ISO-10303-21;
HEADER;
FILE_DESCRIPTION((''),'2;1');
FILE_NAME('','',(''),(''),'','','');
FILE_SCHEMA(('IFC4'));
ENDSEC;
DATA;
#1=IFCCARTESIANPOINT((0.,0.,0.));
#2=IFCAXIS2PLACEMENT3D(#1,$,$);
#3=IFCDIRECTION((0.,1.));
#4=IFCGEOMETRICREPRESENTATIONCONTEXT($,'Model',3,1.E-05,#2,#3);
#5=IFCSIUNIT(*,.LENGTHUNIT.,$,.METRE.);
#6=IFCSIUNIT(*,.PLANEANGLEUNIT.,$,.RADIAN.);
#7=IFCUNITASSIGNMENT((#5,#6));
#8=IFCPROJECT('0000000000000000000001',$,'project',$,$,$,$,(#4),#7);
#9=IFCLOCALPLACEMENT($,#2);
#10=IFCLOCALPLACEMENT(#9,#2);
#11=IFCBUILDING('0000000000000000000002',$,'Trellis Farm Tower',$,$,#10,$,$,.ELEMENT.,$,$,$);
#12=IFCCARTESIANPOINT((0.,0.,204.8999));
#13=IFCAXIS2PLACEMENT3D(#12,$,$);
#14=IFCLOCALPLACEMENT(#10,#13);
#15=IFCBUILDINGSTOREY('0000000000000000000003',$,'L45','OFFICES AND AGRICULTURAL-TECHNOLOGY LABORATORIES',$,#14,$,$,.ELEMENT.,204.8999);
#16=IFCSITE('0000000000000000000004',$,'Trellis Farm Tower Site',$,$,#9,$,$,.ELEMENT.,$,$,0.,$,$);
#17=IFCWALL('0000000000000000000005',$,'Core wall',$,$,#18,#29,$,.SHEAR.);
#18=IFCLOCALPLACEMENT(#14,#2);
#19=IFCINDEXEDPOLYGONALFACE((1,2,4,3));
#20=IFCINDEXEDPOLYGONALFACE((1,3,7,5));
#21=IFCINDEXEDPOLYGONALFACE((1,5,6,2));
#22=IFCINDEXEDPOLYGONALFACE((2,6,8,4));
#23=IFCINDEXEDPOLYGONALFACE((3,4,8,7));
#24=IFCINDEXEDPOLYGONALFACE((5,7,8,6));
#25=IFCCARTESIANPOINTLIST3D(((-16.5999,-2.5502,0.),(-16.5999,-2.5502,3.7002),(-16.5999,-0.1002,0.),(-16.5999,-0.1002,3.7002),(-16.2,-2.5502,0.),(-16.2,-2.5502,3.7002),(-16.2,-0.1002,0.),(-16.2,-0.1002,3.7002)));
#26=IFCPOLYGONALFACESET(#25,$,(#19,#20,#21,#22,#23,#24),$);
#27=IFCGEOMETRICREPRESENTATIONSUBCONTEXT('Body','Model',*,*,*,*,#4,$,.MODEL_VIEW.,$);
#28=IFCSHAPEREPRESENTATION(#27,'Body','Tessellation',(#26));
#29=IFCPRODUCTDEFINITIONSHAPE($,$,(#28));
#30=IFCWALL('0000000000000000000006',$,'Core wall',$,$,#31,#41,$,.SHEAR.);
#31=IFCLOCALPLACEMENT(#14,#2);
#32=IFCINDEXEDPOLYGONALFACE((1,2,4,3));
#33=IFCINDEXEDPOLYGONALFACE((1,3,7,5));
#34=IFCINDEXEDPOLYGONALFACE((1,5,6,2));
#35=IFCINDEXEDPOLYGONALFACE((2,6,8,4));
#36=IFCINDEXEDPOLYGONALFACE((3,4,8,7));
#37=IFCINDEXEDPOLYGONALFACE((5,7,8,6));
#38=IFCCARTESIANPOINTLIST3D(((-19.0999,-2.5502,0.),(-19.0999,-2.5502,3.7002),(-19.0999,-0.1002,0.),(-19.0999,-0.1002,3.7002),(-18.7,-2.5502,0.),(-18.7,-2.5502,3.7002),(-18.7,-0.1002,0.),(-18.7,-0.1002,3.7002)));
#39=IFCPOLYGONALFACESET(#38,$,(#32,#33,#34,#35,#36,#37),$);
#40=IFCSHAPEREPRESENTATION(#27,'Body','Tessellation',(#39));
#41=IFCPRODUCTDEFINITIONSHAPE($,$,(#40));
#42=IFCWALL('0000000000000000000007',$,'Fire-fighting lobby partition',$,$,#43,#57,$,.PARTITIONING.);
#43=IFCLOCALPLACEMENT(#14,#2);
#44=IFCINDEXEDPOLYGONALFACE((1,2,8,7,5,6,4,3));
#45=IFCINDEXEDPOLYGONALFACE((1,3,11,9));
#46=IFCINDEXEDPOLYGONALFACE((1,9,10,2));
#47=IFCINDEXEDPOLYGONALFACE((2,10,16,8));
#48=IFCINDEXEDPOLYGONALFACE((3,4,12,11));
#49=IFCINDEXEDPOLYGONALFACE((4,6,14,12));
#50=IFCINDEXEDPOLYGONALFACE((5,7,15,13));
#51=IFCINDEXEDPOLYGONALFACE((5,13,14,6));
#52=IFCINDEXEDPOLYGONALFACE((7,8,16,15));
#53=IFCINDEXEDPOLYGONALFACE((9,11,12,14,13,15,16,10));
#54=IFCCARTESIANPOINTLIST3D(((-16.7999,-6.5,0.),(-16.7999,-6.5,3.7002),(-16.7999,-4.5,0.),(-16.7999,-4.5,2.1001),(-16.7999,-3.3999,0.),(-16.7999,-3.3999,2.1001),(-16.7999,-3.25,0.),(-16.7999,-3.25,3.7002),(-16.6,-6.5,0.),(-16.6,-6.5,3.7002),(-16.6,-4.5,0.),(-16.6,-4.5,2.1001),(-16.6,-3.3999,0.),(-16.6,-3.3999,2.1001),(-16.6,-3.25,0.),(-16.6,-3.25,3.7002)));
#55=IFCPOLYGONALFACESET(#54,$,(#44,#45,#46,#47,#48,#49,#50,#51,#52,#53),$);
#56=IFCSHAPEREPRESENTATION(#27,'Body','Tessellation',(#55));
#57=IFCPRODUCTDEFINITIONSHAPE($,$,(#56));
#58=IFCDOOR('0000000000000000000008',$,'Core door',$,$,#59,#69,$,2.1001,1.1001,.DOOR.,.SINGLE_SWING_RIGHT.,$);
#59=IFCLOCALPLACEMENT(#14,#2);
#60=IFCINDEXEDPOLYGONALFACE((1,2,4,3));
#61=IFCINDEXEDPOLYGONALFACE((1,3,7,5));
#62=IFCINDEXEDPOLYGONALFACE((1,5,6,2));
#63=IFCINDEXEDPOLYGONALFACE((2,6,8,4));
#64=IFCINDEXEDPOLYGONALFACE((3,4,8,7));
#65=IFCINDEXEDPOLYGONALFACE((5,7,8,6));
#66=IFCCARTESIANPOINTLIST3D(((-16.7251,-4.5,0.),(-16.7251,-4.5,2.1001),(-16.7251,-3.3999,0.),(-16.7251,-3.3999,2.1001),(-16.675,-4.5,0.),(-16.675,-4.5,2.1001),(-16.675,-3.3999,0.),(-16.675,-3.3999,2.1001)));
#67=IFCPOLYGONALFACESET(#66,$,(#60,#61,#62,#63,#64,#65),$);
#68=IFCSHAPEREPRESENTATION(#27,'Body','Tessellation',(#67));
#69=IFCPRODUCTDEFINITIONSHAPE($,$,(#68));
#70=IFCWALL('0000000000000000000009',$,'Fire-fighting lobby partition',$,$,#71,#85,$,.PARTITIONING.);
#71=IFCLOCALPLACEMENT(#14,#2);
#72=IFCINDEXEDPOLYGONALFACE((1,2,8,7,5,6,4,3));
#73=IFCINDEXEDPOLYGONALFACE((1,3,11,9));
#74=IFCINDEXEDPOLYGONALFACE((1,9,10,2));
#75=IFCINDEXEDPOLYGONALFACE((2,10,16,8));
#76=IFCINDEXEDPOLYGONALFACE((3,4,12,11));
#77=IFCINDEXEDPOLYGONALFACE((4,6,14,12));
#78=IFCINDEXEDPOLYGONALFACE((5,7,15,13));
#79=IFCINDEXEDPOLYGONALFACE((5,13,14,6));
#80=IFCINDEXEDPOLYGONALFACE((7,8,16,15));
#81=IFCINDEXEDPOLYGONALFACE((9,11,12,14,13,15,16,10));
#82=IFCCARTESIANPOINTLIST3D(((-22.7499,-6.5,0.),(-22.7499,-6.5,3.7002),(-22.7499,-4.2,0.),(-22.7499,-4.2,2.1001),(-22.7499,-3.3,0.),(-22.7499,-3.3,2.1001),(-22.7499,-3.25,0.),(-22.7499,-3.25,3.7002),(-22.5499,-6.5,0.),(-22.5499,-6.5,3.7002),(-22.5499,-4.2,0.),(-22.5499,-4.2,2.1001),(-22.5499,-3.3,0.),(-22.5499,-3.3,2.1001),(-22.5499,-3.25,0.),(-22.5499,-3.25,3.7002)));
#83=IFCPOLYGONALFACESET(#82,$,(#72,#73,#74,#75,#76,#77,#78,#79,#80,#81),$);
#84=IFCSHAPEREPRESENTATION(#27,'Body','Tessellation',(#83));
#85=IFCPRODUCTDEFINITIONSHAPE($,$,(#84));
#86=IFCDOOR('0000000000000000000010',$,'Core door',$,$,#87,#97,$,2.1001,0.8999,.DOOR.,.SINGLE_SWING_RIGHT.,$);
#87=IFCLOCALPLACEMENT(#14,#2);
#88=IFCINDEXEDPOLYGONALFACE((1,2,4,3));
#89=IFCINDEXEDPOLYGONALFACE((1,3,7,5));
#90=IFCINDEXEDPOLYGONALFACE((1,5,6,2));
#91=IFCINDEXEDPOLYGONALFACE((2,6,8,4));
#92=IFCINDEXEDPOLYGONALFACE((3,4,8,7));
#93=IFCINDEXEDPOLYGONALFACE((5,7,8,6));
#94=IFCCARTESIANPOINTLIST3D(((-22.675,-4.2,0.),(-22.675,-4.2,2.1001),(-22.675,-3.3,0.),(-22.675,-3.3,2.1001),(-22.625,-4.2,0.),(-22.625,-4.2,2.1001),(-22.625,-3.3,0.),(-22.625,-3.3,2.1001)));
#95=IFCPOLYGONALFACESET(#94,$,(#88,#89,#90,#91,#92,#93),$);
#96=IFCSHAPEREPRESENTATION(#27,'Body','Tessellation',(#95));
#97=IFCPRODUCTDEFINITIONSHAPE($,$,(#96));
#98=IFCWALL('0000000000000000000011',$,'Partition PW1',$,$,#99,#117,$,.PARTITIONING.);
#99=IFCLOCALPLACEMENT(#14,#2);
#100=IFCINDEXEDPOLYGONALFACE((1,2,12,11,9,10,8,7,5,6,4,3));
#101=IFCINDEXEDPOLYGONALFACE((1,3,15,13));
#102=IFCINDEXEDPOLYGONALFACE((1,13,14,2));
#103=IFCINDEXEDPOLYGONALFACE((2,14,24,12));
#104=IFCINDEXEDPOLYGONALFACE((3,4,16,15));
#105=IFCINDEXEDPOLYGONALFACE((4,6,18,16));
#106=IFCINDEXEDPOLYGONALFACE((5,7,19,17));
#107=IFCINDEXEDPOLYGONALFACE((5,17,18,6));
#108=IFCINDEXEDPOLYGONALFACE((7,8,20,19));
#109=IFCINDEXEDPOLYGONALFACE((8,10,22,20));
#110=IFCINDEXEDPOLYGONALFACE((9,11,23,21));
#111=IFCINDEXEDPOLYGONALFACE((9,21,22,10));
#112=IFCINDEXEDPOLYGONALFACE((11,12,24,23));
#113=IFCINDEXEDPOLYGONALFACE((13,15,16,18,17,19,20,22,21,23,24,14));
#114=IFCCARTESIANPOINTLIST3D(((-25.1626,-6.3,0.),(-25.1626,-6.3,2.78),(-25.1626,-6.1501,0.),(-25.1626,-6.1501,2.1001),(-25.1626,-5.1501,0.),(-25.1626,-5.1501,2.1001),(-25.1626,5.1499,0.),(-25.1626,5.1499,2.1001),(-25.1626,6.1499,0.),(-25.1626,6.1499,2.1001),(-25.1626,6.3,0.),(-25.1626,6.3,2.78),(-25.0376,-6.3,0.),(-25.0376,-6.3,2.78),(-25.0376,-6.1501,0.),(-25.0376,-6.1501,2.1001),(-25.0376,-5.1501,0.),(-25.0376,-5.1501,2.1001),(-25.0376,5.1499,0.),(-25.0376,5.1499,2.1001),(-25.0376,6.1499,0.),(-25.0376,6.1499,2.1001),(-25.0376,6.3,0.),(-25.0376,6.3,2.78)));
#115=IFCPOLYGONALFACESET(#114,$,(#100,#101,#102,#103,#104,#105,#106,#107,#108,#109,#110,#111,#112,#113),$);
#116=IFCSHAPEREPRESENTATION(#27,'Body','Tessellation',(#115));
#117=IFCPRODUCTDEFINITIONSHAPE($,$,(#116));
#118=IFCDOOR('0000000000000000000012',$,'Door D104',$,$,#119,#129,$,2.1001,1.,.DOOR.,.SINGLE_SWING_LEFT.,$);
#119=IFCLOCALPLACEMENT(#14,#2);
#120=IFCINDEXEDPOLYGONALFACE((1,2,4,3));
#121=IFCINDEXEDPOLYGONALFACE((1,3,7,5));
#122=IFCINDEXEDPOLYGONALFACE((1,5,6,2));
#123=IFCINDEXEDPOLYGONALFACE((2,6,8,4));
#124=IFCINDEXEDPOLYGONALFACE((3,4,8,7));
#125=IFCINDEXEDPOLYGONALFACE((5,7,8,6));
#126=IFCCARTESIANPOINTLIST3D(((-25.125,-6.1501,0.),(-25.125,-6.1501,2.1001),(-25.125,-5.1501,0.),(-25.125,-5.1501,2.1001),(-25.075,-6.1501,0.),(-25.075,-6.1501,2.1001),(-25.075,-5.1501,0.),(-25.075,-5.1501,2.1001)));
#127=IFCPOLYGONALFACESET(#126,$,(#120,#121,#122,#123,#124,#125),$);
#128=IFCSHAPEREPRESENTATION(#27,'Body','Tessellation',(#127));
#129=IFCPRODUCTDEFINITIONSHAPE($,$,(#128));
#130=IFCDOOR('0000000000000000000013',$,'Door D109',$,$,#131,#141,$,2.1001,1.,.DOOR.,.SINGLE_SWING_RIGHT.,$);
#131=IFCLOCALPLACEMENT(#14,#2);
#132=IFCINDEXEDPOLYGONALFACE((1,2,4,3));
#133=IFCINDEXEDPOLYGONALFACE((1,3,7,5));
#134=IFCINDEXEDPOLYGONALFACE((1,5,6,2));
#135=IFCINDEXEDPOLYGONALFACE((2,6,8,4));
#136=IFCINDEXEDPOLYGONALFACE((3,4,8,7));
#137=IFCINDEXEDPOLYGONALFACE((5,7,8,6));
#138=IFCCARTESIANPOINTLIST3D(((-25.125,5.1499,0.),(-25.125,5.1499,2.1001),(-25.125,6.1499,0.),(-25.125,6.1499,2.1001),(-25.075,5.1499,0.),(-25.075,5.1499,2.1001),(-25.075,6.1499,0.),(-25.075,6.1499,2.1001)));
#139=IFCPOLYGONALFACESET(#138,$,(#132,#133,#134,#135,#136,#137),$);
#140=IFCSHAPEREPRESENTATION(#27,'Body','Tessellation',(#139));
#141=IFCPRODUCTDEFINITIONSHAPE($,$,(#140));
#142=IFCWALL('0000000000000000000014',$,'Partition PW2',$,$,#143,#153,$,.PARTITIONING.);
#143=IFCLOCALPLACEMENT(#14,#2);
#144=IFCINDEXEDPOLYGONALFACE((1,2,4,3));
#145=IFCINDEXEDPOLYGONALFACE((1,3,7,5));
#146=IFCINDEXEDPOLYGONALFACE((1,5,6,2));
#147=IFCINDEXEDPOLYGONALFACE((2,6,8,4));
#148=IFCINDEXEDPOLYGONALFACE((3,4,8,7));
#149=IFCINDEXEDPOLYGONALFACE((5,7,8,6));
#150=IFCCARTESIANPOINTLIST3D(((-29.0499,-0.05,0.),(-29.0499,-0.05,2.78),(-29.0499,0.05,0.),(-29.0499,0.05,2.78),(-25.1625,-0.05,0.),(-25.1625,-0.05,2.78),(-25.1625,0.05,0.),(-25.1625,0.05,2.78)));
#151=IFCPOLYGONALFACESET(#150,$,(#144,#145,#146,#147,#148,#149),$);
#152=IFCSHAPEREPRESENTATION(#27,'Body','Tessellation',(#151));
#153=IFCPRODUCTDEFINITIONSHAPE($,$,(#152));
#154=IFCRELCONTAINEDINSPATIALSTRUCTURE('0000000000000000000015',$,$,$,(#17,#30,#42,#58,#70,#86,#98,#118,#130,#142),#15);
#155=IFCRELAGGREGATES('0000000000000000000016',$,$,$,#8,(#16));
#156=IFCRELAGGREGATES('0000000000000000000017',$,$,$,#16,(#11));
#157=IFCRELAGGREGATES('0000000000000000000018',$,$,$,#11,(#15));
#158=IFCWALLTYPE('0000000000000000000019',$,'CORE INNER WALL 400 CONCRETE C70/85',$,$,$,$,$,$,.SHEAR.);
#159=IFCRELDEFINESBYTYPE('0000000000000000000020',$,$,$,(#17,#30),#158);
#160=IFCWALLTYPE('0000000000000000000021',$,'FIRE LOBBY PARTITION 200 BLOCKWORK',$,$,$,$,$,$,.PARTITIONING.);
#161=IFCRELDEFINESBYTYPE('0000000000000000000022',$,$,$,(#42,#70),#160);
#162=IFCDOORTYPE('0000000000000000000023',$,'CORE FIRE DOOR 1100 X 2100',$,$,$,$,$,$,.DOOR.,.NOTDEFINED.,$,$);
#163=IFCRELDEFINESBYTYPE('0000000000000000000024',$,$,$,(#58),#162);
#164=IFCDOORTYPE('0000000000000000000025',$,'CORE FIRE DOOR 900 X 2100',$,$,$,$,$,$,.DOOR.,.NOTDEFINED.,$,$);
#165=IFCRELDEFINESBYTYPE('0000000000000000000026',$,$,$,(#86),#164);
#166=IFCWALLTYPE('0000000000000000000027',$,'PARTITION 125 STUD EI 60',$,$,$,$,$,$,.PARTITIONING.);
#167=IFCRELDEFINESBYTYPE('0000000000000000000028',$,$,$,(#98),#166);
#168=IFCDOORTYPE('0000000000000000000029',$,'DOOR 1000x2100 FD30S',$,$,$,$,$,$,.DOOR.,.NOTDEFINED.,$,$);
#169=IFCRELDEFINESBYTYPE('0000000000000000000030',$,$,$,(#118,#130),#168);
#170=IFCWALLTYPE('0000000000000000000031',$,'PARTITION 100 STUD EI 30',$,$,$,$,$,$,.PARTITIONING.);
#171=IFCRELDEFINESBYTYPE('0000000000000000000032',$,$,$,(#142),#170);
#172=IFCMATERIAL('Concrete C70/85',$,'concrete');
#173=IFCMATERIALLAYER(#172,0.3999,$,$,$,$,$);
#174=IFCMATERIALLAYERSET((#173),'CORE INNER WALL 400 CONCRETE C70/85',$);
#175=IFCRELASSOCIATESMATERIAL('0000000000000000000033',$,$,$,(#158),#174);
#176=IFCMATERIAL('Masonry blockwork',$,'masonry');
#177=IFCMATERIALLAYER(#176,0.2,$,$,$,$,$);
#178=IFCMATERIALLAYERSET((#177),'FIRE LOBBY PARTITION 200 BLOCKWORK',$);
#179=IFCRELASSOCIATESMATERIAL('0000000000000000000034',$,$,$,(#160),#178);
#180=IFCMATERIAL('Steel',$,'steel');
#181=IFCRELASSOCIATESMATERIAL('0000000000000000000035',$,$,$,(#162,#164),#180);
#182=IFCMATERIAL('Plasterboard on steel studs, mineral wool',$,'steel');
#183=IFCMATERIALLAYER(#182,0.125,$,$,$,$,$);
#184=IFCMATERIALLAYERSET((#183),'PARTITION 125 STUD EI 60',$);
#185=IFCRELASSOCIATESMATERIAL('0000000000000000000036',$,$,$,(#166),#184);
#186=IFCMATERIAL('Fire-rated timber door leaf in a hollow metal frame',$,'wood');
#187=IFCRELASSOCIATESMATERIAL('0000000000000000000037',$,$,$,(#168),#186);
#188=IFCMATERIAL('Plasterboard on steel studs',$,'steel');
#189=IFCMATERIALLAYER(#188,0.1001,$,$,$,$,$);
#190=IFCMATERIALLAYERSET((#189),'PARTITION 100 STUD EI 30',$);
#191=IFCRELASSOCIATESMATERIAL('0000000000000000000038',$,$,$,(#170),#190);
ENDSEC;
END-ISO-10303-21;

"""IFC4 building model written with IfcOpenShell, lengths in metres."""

from ifc_helpers import new_model, si_unit, direction, frame, frame_2d, origin, place, context, subcontext, project, spatial, rectangle, extrude, source, transform, mapped, material, layer, layer_set, type_object, element, fill, save


model = new_model("IFC4")

# Units and contexts
model_context = context("Model", 3, precision=1e-05, world=origin(), true_north=direction((0.0, 1.0)))
body_context = subcontext(model_context, "Body", "Model", "MODEL_VIEW")
ifc_project = project(units=[si_unit("LENGTHUNIT", "METRE"), si_unit("PLANEANGLEUNIT", "RADIAN")], contexts=[model_context])

# Site, building, storey
site_placement = place(None, origin())
site = spatial("IfcSite", under=ifc_project, at=site_placement, Name="Trellis Farm Tower Site", CompositionType="ELEMENT", RefElevation=0.0)
building_placement = place(site_placement, origin())
building = spatial("IfcBuilding", under=site, at=building_placement, Name="Trellis Farm Tower", CompositionType="ELEMENT")
storey_placement = place(building_placement, frame((0.0, 0.0, 204.8999)))
storey = spatial("IfcBuildingStorey", under=building, at=storey_placement, Name="L45", Description="OFFICES AND AGRICULTURAL-TECHNOLOGY LABORATORIES", CompositionType="ELEMENT", Elevation=204.8999)

# Shared definitions
ifc_material_1 = material(Name="Concrete C70/85", Category="concrete")

# Walls
ifc_layer_1 = layer(ifc_material_1, 0.3999)
ifc_layer_set_1 = layer_set([ifc_layer_1], Name="CORE INNER WALL 400 CONCRETE C70/85")
wall_type_1 = type_object("IfcWallType", Name="CORE INNER WALL 400 CONCRETE C70/85", PredefinedType="SHEAR", material=ifc_layer_set_1)
shared_shape_1 = source(origin(), body_context, "Body", "SweptSolid", [
    extrude(rectangle(XDim=2.45, YDim=0.3999, at=frame_2d((1.2251, 0.0))), origin(), (0.0, 0.0, 1.0), 3.7002),
])
for number, where, z_axis, x_axis, name in (
    (1, (-16.3999, -0.1001, 0.0), (0.0, 0.0, 1.0), (0.0, -1.0, 0.0), "Core wall"),
    (2, (-18.8999, -0.1001, 0.0), (0.0, 0.0, 1.0), (0.0, -1.0, 0.0), "Core wall"),
):
    element("IfcWall", number, at=place(storey_placement, frame(where, z_axis=z_axis, x_axis=x_axis)), inside=storey, type_object=wall_type_1, Name=name, PredefinedType="SHEAR", context=body_context, shape_type="MappedRepresentation", body=[
        mapped(shared_shape_1, transform((0.0, 0.0, 0.0))),
    ])

# Walls, openings, doors
ifc_material_2 = material(Name="Masonry blockwork", Category="masonry")
ifc_layer_2 = layer(ifc_material_2, 0.2)
ifc_layer_set_2 = layer_set([ifc_layer_2], Name="FIRE LOBBY PARTITION 200 BLOCKWORK")
wall_type_2 = type_object("IfcWallType", Name="FIRE LOBBY PARTITION 200 BLOCKWORK", PredefinedType="PARTITIONING", material=ifc_layer_set_2)
shared_shape_2 = source(origin(), body_context, "Body", "SweptSolid", [
    extrude(rectangle(XDim=3.25, YDim=0.2, at=frame_2d((1.625, 0.0))), origin(), (0.0, 0.0, 1.0), 3.7002),
])
wall_1_placement = place(storey_placement, frame((-16.7, -3.25, 0.0), z_axis=(0.0, 0.0, 1.0), x_axis=(0.0, -1.0, 0.0)))
wall_1 = element("IfcWall", 3, at=wall_1_placement, inside=storey, type_object=wall_type_2, Name="Fire-fighting lobby partition", PredefinedType="PARTITIONING", context=body_context, shape_type="MappedRepresentation", body=[
    mapped(shared_shape_2, transform((0.0, 0.0, 0.0))),
])
shared_shape_3 = source(origin(), body_context, "Body", "SweptSolid", [
    extrude(rectangle(XDim=1.1001, YDim=2.1001, at=frame_2d((0.55, 1.05))), frame((0.0, 0.1101, 0.0), z_axis=(0.0, -1.0, 0.0), x_axis=(1.0, 0.0, 0.0)), (0.0, 0.0, 1.0), 0.2202),
])
opening_1_placement = place(wall_1_placement, frame((0.1499, 0.0, 0.0)))
opening_1 = element("IfcOpeningElement", 4, at=opening_1_placement, cuts=wall_1, PredefinedType="OPENING", context=body_context, shape_type="MappedRepresentation", body=[
    mapped(shared_shape_3, transform((0.0, 0.0, 0.0))),
])
ifc_material_3 = material(Name="Steel", Category="steel")
door_type_1 = type_object("IfcDoorType", Name="CORE FIRE DOOR 1100 X 2100", OperationType="NOTDEFINED", PredefinedType="DOOR", material=ifc_material_3)
shared_shape_4 = source(origin(), body_context, "Body", "SweptSolid", [
    extrude(rectangle(XDim=1.1001, YDim=2.1001, at=frame_2d((0.55, 1.05))), frame((0.0, 0.0249, 0.0), z_axis=(0.0, -1.0, 0.0), x_axis=(1.0, 0.0, 0.0)), (0.0, 0.0, 1.0), 0.05),
])
door_1_placement = place(opening_1_placement, origin())
door_1 = element("IfcDoor", 5, at=door_1_placement, inside=storey, type_object=door_type_1, Name="Core door", OperationType="SINGLE_SWING_RIGHT", OverallHeight=2.1001, OverallWidth=1.1001, PredefinedType="DOOR", context=body_context, shape_type="MappedRepresentation", body=[
    mapped(shared_shape_4, transform((0.0, 0.0, 0.0))),
])
fill(opening_1, door_1)
wall_2_placement = place(storey_placement, frame((-22.6499, -3.25, 0.0), z_axis=(0.0, 0.0, 1.0), x_axis=(0.0, -1.0, 0.0)))
wall_2 = element("IfcWall", 6, at=wall_2_placement, inside=storey, type_object=wall_type_2, Name="Fire-fighting lobby partition", PredefinedType="PARTITIONING", context=body_context, shape_type="MappedRepresentation", body=[
    mapped(shared_shape_2, transform((0.0, 0.0, 0.0))),
])
shared_shape_5 = source(origin(), body_context, "Body", "SweptSolid", [
    extrude(rectangle(XDim=0.8999, YDim=2.1001, at=frame_2d((0.45, 1.05))), frame((0.0, 0.1101, 0.0), z_axis=(0.0, -1.0, 0.0), x_axis=(1.0, 0.0, 0.0)), (0.0, 0.0, 1.0), 0.2202),
])
opening_2_placement = place(wall_2_placement, frame((0.05, 0.0, 0.0)))
opening_2 = element("IfcOpeningElement", 7, at=opening_2_placement, cuts=wall_2, PredefinedType="OPENING", context=body_context, shape_type="MappedRepresentation", body=[
    mapped(shared_shape_5, transform((0.0, 0.0, 0.0))),
])
door_type_2 = type_object("IfcDoorType", Name="CORE FIRE DOOR 900 X 2100", OperationType="NOTDEFINED", PredefinedType="DOOR", material=ifc_material_3)
shared_shape_6 = source(origin(), body_context, "Body", "SweptSolid", [
    extrude(rectangle(XDim=0.8999, YDim=2.1001, at=frame_2d((0.45, 1.05))), frame((0.0, 0.0249, 0.0), z_axis=(0.0, -1.0, 0.0), x_axis=(1.0, 0.0, 0.0)), (0.0, 0.0, 1.0), 0.05),
])
door_2_placement = place(opening_2_placement, origin())
door_2 = element("IfcDoor", 8, at=door_2_placement, inside=storey, type_object=door_type_2, Name="Core door", OperationType="SINGLE_SWING_RIGHT", OverallHeight=2.1001, OverallWidth=0.8999, PredefinedType="DOOR", context=body_context, shape_type="MappedRepresentation", body=[
    mapped(shared_shape_6, transform((0.0, 0.0, 0.0))),
])
fill(opening_2, door_2)

# Wall, openings, doors
ifc_material_4 = material(Name="Plasterboard on steel studs, mineral wool", Category="steel")
ifc_layer_3 = layer(ifc_material_4, 0.125)
ifc_layer_set_3 = layer_set([ifc_layer_3], Name="PARTITION 125 STUD EI 60")
wall_type_3 = type_object("IfcWallType", Name="PARTITION 125 STUD EI 60", PredefinedType="PARTITIONING", material=ifc_layer_set_3)
shared_shape_7 = source(origin(), body_context, "Body", "SweptSolid", [
    extrude(rectangle(XDim=12.6001, YDim=0.125, at=frame_2d((6.3, 0.0))), origin(), (0.0, 0.0, 1.0), 2.78),
])
wall_3_placement = place(storey_placement, frame((-25.1001, -6.3, 0.0), z_axis=(0.0, 0.0, 1.0), x_axis=(0.0, 1.0, 0.0)))
wall_3 = element("IfcWall", 9, at=wall_3_placement, inside=storey, type_object=wall_type_3, Name="Partition PW1", PredefinedType="PARTITIONING", context=body_context, shape_type="MappedRepresentation", body=[
    mapped(shared_shape_7, transform((0.0, 0.0, 0.0))),
])
shared_shape_8 = source(origin(), body_context, "Body", "SweptSolid", [
    extrude(rectangle(XDim=1.0, YDim=2.1001, at=frame_2d((0.5, 1.05))), frame((0.0, 0.0725, 0.0), z_axis=(0.0, -1.0, 0.0), x_axis=(1.0, 0.0, 0.0)), (0.0, 0.0, 1.0), 0.145),
])
opening_3_placement = place(wall_3_placement, frame((0.1499, 0.0, 0.0)))
opening_3 = element("IfcOpeningElement", 10, at=opening_3_placement, cuts=wall_3, PredefinedType="OPENING", context=body_context, shape_type="MappedRepresentation", body=[
    mapped(shared_shape_8, transform((0.0, 0.0, 0.0))),
])
opening_4_placement = place(wall_3_placement, frame((11.45, 0.0, 0.0)))
opening_4 = element("IfcOpeningElement", 11, at=opening_4_placement, cuts=wall_3, PredefinedType="OPENING", context=body_context, shape_type="MappedRepresentation", body=[
    mapped(shared_shape_8, transform((0.0, 0.0, 0.0))),
])
ifc_material_5 = material(Name="Fire-rated timber door leaf in a hollow metal frame", Category="wood")
door_type_3 = type_object("IfcDoorType", Name="DOOR 1000x2100 FD30S", OperationType="NOTDEFINED", PredefinedType="DOOR", material=ifc_material_5)
shared_shape_9 = source(origin(), body_context, "Body", "SweptSolid", [
    extrude(rectangle(XDim=1.0, YDim=2.1001, at=frame_2d((0.5, 1.05))), frame((0.0, 0.0249, 0.0), z_axis=(0.0, -1.0, 0.0), x_axis=(1.0, 0.0, 0.0)), (0.0, 0.0, 1.0), 0.05),
])
door_3_placement = place(opening_3_placement, origin())
door_3 = element("IfcDoor", 12, at=door_3_placement, inside=storey, type_object=door_type_3, Name="Door D104", OperationType="SINGLE_SWING_LEFT", OverallHeight=2.1001, OverallWidth=1.0, PredefinedType="DOOR", context=body_context, shape_type="MappedRepresentation", body=[
    mapped(shared_shape_9, transform((0.0, 0.0, 0.0))),
])
fill(opening_3, door_3)
door_4_placement = place(opening_4_placement, origin())
door_4 = element("IfcDoor", 13, at=door_4_placement, inside=storey, type_object=door_type_3, Name="Door D109", OperationType="SINGLE_SWING_RIGHT", OverallHeight=2.1001, OverallWidth=1.0, PredefinedType="DOOR", context=body_context, shape_type="MappedRepresentation", body=[
    mapped(shared_shape_9, transform((0.0, 0.0, 0.0))),
])
fill(opening_4, door_4)

# Wall
ifc_material_6 = material(Name="Plasterboard on steel studs", Category="steel")
ifc_layer_4 = layer(ifc_material_6, 0.1001)
ifc_layer_set_4 = layer_set([ifc_layer_4], Name="PARTITION 100 STUD EI 30")
wall_type_4 = type_object("IfcWallType", Name="PARTITION 100 STUD EI 30", PredefinedType="PARTITIONING", material=ifc_layer_set_4)
shared_shape_10 = source(origin(), body_context, "Body", "SweptSolid", [
    extrude(rectangle(XDim=3.8875, YDim=0.1001, at=frame_2d((1.9438, 0.0))), origin(), (0.0, 0.0, 1.0), 2.78),
])
wall_4_placement = place(storey_placement, frame((-29.05, 0.0, 0.0), z_axis=(0.0, 0.0, 1.0), x_axis=(1.0, 0.0, 0.0)))
element("IfcWall", 14, at=wall_4_placement, inside=storey, type_object=wall_type_4, Name="Partition PW2", PredefinedType="PARTITIONING", context=body_context, shape_type="MappedRepresentation", body=[
    mapped(shared_shape_10, transform((0.0, 0.0, 0.0))),
])

save(model, "model.ifc")
